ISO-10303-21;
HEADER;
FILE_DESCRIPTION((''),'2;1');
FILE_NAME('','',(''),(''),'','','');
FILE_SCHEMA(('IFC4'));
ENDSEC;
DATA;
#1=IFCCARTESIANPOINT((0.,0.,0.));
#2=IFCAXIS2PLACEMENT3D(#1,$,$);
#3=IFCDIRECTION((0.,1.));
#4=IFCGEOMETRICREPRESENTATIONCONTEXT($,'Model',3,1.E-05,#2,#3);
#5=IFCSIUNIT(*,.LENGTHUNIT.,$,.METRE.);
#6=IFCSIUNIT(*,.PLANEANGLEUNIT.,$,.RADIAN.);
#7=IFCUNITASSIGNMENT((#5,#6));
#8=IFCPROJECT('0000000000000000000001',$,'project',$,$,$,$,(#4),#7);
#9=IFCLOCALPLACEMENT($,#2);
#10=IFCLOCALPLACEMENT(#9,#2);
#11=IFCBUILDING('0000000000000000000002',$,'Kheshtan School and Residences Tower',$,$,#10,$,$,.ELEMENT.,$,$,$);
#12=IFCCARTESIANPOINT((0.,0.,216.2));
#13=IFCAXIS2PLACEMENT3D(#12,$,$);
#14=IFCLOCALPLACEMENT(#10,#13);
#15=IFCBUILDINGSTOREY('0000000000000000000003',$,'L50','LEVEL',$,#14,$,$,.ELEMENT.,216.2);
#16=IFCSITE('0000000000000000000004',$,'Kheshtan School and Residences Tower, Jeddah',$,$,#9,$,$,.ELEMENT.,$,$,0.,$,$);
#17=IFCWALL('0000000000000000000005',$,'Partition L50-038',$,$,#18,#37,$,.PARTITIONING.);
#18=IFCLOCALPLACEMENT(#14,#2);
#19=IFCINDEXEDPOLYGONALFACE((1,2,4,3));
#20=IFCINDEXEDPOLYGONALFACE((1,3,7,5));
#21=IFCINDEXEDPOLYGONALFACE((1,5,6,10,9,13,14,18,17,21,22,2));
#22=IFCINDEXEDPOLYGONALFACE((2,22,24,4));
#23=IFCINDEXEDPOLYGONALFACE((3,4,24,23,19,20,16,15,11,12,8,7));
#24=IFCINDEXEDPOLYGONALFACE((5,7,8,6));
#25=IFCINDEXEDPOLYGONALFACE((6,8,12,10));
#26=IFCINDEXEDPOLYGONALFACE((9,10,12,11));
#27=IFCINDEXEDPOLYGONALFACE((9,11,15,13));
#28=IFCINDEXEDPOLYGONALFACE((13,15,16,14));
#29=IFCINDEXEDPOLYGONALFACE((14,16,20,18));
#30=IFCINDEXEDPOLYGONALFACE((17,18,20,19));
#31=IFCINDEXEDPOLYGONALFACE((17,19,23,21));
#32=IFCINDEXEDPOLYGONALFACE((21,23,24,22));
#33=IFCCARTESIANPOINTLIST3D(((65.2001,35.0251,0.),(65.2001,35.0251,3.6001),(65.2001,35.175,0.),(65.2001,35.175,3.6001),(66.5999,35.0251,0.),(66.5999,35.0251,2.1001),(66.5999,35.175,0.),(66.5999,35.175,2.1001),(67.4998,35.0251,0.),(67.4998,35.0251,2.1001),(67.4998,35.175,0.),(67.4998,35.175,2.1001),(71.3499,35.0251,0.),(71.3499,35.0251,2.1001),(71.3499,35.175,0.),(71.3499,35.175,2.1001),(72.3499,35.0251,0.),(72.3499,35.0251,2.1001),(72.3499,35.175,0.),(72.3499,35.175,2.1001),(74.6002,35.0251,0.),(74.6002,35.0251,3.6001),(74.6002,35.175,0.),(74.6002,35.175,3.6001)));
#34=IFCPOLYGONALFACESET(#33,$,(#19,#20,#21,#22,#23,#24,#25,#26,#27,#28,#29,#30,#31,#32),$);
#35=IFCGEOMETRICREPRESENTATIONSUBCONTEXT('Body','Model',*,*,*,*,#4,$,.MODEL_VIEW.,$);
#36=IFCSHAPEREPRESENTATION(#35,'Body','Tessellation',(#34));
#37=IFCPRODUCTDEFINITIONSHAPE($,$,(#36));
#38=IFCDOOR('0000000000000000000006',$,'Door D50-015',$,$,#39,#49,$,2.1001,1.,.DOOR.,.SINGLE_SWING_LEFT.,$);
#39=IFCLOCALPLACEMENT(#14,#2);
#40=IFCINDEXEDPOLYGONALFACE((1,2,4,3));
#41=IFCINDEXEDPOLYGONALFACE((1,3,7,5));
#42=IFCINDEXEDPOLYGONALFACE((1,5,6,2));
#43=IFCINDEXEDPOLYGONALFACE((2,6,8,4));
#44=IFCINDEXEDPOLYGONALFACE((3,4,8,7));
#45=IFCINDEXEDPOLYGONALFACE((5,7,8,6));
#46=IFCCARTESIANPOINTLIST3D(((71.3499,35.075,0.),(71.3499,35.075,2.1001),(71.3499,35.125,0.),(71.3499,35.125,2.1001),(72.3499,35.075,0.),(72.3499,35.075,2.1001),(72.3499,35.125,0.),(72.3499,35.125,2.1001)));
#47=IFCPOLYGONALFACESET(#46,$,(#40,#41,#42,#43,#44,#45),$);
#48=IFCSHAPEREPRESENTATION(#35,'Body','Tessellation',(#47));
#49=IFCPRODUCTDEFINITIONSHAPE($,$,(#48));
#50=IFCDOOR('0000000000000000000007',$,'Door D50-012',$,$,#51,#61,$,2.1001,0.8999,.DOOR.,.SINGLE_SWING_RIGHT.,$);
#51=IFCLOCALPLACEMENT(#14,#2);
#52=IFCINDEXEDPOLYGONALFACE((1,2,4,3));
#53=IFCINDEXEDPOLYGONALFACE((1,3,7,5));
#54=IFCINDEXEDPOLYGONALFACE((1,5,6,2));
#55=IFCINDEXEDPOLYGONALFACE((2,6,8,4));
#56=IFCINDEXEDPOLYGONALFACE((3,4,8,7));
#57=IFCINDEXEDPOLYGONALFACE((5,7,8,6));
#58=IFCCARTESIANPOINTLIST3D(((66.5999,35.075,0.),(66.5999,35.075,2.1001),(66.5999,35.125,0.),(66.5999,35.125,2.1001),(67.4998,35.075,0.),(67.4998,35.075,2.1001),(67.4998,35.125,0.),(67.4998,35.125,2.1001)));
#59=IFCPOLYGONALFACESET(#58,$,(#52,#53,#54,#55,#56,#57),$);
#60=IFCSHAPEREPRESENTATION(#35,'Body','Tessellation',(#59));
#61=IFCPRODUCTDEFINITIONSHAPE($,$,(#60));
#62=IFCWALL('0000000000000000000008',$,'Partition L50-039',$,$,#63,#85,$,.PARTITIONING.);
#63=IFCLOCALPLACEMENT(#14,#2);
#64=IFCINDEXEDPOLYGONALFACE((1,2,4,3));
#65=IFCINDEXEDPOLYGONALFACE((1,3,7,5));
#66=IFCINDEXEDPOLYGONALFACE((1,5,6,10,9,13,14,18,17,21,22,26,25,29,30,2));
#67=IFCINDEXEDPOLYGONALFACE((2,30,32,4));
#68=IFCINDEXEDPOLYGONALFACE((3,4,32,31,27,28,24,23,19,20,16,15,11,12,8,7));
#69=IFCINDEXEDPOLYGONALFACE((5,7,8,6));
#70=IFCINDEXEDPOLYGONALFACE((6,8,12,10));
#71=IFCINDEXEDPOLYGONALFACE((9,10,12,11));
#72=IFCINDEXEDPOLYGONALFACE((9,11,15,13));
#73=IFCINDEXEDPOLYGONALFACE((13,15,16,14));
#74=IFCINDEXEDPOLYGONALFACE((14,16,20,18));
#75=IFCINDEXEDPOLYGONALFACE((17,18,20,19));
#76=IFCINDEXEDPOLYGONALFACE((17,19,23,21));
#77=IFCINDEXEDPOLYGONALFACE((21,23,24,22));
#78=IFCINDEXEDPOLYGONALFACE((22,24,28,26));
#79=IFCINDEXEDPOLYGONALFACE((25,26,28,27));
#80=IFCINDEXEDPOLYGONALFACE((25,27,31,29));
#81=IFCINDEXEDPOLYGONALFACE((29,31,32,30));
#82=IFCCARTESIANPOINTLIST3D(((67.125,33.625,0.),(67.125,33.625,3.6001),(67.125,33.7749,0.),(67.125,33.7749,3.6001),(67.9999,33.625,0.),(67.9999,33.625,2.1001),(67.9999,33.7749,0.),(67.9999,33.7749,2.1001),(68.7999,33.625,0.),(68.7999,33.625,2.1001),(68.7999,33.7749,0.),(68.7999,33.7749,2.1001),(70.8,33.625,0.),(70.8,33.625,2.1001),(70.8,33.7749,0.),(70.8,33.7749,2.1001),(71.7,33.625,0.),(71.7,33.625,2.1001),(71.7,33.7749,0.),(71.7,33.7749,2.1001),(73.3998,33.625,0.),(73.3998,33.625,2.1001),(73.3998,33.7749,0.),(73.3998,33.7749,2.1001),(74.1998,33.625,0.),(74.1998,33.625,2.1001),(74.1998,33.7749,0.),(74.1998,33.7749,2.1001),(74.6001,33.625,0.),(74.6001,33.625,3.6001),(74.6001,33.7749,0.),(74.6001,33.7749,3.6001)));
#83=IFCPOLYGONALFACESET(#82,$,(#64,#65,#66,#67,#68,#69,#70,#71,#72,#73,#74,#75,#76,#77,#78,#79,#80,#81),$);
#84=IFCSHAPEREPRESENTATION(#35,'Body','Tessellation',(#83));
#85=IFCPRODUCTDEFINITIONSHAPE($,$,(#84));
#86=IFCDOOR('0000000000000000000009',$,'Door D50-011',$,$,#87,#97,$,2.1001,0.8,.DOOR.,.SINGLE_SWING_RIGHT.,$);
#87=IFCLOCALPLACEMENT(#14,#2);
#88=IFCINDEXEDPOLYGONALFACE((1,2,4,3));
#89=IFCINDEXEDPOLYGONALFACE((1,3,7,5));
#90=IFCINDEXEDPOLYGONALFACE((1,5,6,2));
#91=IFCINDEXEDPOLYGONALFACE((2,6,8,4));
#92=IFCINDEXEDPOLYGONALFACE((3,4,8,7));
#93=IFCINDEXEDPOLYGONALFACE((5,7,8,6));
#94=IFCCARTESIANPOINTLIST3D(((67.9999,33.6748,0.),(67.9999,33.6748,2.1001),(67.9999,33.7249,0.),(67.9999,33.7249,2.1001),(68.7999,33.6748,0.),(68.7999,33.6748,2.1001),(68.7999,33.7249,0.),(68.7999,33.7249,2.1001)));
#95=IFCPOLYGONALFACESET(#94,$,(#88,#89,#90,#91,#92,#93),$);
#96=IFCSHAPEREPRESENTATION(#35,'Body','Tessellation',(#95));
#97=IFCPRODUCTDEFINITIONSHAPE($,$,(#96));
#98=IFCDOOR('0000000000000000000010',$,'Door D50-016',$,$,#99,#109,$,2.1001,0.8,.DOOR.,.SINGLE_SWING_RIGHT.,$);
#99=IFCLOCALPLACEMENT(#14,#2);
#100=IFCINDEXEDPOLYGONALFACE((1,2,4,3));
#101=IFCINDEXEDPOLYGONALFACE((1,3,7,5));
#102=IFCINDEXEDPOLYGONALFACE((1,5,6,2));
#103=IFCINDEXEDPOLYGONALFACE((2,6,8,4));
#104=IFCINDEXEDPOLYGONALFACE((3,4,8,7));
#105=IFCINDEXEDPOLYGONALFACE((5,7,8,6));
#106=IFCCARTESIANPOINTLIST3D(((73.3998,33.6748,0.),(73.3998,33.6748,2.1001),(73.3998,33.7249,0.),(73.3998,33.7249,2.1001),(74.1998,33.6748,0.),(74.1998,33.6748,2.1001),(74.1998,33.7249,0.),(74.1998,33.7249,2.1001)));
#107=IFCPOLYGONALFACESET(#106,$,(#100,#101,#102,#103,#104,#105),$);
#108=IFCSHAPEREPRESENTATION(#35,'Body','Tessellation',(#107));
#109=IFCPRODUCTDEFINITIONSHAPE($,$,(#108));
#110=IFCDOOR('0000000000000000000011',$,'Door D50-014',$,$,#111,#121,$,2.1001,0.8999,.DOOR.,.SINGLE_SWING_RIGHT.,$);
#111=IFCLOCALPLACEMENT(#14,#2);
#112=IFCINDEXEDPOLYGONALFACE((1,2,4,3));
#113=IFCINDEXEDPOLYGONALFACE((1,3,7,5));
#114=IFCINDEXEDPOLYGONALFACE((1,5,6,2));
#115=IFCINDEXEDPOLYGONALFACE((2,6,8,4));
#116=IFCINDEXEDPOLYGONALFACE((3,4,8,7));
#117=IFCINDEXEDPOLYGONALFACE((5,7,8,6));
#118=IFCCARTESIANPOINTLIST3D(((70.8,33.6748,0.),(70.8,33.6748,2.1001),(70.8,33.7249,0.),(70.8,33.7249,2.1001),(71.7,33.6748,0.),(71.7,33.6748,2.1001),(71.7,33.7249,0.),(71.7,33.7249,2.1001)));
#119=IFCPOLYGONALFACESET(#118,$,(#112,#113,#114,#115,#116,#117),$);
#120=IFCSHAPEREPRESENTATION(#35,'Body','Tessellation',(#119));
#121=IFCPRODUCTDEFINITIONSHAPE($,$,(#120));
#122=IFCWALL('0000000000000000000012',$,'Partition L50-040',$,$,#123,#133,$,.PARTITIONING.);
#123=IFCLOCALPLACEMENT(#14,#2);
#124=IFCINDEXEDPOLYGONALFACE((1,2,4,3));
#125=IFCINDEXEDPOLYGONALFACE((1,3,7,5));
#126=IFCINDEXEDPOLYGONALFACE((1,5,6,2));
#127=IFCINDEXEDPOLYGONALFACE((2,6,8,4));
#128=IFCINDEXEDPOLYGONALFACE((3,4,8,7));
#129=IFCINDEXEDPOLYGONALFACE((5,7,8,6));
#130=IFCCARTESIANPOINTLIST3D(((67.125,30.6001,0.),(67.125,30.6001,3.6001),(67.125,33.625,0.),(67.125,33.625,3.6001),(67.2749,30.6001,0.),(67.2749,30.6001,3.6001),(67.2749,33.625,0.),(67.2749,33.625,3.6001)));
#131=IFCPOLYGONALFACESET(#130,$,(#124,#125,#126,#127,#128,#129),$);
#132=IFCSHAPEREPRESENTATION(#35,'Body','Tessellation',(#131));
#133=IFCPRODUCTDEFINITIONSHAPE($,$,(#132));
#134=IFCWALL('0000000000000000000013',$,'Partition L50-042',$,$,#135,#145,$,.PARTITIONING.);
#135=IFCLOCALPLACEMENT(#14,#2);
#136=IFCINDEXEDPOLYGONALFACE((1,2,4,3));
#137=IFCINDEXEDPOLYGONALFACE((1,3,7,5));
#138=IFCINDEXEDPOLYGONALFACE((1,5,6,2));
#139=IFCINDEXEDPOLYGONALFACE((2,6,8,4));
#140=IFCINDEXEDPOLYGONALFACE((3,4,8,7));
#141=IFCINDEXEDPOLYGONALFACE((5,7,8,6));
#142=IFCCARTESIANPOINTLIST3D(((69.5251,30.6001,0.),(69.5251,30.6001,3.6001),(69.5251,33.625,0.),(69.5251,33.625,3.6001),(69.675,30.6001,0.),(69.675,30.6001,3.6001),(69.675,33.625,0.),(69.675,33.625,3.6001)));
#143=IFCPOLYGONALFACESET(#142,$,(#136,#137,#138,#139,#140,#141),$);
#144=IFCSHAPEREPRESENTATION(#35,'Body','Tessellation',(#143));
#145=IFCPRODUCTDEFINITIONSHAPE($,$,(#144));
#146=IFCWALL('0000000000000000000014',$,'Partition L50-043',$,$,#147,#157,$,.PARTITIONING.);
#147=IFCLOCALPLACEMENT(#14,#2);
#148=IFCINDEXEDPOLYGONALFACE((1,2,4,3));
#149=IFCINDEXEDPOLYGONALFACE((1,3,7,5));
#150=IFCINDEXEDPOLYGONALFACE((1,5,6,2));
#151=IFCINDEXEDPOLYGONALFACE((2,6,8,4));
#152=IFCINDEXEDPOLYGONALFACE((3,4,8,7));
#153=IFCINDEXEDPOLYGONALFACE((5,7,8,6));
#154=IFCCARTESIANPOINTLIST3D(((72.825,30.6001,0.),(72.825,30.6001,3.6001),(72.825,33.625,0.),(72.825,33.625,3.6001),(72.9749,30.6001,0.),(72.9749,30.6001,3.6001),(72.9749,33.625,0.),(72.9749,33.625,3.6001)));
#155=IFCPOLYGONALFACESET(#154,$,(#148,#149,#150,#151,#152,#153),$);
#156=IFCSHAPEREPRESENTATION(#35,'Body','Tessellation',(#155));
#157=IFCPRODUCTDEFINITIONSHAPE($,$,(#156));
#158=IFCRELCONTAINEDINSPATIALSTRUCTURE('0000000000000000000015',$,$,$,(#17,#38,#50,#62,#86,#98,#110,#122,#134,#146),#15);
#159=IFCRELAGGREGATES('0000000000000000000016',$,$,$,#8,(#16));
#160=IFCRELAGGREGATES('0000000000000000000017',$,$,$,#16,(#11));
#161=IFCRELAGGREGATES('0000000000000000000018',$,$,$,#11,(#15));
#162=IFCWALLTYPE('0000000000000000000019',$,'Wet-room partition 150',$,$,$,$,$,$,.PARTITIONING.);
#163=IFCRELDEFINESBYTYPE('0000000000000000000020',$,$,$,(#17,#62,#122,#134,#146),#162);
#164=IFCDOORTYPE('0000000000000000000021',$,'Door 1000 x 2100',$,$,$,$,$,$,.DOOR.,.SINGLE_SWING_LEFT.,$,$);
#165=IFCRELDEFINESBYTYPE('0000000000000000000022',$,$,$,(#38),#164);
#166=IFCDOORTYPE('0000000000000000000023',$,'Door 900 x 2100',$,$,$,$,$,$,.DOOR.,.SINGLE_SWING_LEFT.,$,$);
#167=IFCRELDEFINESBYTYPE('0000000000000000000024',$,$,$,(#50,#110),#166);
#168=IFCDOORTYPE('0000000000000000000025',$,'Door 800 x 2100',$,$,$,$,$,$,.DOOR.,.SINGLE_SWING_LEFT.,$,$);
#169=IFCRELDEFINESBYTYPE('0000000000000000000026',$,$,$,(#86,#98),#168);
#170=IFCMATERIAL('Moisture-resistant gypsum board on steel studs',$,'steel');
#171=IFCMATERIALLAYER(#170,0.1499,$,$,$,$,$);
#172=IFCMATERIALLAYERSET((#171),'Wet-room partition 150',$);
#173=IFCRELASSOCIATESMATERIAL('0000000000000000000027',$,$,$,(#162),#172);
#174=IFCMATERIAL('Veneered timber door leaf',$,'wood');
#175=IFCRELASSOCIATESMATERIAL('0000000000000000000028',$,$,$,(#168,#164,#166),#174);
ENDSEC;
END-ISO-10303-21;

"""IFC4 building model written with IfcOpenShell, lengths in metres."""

from ifc_helpers import new_model, si_unit, direction, frame, frame_2d, origin, place, context, subcontext, project, spatial, rectangle, extrude, source, transform, mapped, material, layer, layer_set, type_object, element, fill, save


model = new_model("IFC4")

# Units and contexts
model_context = context("Model", 3, precision=1e-05, world=origin(), true_north=direction((0.0, 1.0)))
body_context = subcontext(model_context, "Body", "Model", "MODEL_VIEW")
ifc_project = project(units=[si_unit("LENGTHUNIT", "METRE"), si_unit("PLANEANGLEUNIT", "RADIAN")], contexts=[model_context])

# Site, building, storey
site_placement = place(None, origin())
site = spatial("IfcSite", under=ifc_project, at=site_placement, Name="Kheshtan School and Residences Tower, Jeddah", CompositionType="ELEMENT", RefElevation=0.0)
building_placement = place(site_placement, origin())
building = spatial("IfcBuilding", under=site, at=building_placement, Name="Kheshtan School and Residences Tower", CompositionType="ELEMENT")
storey_placement = place(building_placement, frame((0.0, 0.0, 216.2)))
storey = spatial("IfcBuildingStorey", under=building, at=storey_placement, Name="L50", Description="LEVEL", CompositionType="ELEMENT", Elevation=216.2)

# Shared definitions
ifc_material_1 = material(Name="Moisture-resistant gypsum board on steel studs", Category="steel")
ifc_layer_1 = layer(ifc_material_1, 0.1499)
ifc_layer_set_1 = layer_set([ifc_layer_1], Name="Wet-room partition 150")
wall_type_1 = type_object("IfcWallType", Name="Wet-room partition 150", PredefinedType="PARTITIONING", material=ifc_layer_set_1)

# Shared definitions
ifc_material_2 = material(Name="Veneered timber door leaf", Category="wood")
door_type_1 = type_object("IfcDoorType", Name="Door 800 x 2100", OperationType="SINGLE_SWING_LEFT", PredefinedType="DOOR", material=ifc_material_2)
shared_shape_1 = source(origin(), body_context, "Body", "SweptSolid", [
    extrude(rectangle(XDim=0.8, YDim=2.1001, at=frame_2d((0.3999, 1.05))), frame((0.0, 0.0249, 0.0), z_axis=(0.0, -1.0, 0.0), x_axis=(1.0, 0.0, 0.0)), (0.0, 0.0, 1.0), 0.05),
])

# Walls, openings, doors
wall_1_placement = place(storey_placement, frame((65.2, 35.1001, 0.0), z_axis=(0.0, 0.0, 1.0), x_axis=(1.0, 0.0, 0.0)))
wall_1 = element("IfcWall", 1, at=wall_1_placement, inside=storey, type_object=wall_type_1, Name="Partition L50-038", PredefinedType="PARTITIONING", context=body_context, shape_type="SweptSolid", body=[
    extrude(rectangle(XDim=9.4001, YDim=0.1499, at=frame_2d((4.7002, 0.0))), origin(), (0.0, 0.0, 1.0), 3.6001),
])
opening_1_placement = place(wall_1_placement, frame((1.3999, 0.0, 0.0)))
opening_1 = element("IfcOpeningElement", 2, at=opening_1_placement, cuts=wall_1, PredefinedType="OPENING", context=body_context, shape_type="SweptSolid", body=[
    extrude(rectangle(XDim=0.8999, YDim=2.1001, at=frame_2d((0.45, 1.05))), frame((0.0, 0.085, 0.0), z_axis=(0.0, -1.0, 0.0), x_axis=(1.0, 0.0, 0.0)), (0.0, 0.0, 1.0), 0.1699),
])
opening_2_placement = place(wall_1_placement, frame((6.1499, 0.0, 0.0)))
opening_2 = element("IfcOpeningElement", 3, at=opening_2_placement, cuts=wall_1, PredefinedType="OPENING", context=body_context, shape_type="SweptSolid", body=[
    extrude(rectangle(XDim=1.0, YDim=2.1001, at=frame_2d((0.5, 1.05))), frame((0.0, 0.085, 0.0), z_axis=(0.0, -1.0, 0.0), x_axis=(1.0, 0.0, 0.0)), (0.0, 0.0, 1.0), 0.1699),
])
door_type_2 = type_object("IfcDoorType", Name="Door 1000 x 2100", OperationType="SINGLE_SWING_LEFT", PredefinedType="DOOR", material=ifc_material_2)
shared_shape_2 = source(origin(), body_context, "Body", "SweptSolid", [
    extrude(rectangle(XDim=1.0, YDim=2.1001, at=frame_2d((0.5, 1.05))), frame((0.0, 0.0249, 0.0), z_axis=(0.0, -1.0, 0.0), x_axis=(1.0, 0.0, 0.0)), (0.0, 0.0, 1.0), 0.05),
])
door_1_placement = place(opening_2_placement, origin())
door_1 = element("IfcDoor", 4, at=door_1_placement, inside=storey, type_object=door_type_2, Name="Door D50-015", OperationType="SINGLE_SWING_LEFT", OverallHeight=2.1001, OverallWidth=1.0, PredefinedType="DOOR", context=body_context, shape_type="MappedRepresentation", body=[
    mapped(shared_shape_2, transform((0.0, 0.0, 0.0), x_axis=(1.0, 0.0, 0.0), y_axis=(0.0, 1.0, 0.0), z_axis=(0.0, 0.0, 1.0), scale=1.0)),
])
fill(opening_2, door_1)
door_type_3 = type_object("IfcDoorType", Name="Door 900 x 2100", OperationType="SINGLE_SWING_LEFT", PredefinedType="DOOR", material=ifc_material_2)
shared_shape_3 = source(origin(), body_context, "Body", "SweptSolid", [
    extrude(rectangle(XDim=0.8999, YDim=2.1001, at=frame_2d((0.45, 1.05))), frame((0.0, 0.0249, 0.0), z_axis=(0.0, -1.0, 0.0), x_axis=(1.0, 0.0, 0.0)), (0.0, 0.0, 1.0), 0.05),
])
door_2_placement = place(opening_1_placement, origin())
door_2 = element("IfcDoor", 5, at=door_2_placement, inside=storey, type_object=door_type_3, Name="Door D50-012", OperationType="SINGLE_SWING_RIGHT", OverallHeight=2.1001, OverallWidth=0.8999, PredefinedType="DOOR", context=body_context, shape_type="MappedRepresentation", body=[
    mapped(shared_shape_3, transform((0.0, 0.0, 0.0), x_axis=(1.0, 0.0, 0.0), y_axis=(0.0, 1.0, 0.0), z_axis=(0.0, 0.0, 1.0), scale=1.0)),
])
fill(opening_1, door_2)
wall_2_placement = place(storey_placement, frame((67.125, 33.7, 0.0), z_axis=(0.0, 0.0, 1.0), x_axis=(1.0, 0.0, 0.0)))
wall_2 = element("IfcWall", 6, at=wall_2_placement, inside=storey, type_object=wall_type_1, Name="Partition L50-039", PredefinedType="PARTITIONING", context=body_context, shape_type="SweptSolid", body=[
    extrude(rectangle(XDim=7.4751, YDim=0.1499, at=frame_2d((3.7375, 0.0))), origin(), (0.0, 0.0, 1.0), 3.6001),
])
opening_3_placement = place(wall_2_placement, frame((0.875, 0.0, 0.0)))
opening_3 = element("IfcOpeningElement", 7, at=opening_3_placement, cuts=wall_2, PredefinedType="OPENING", context=body_context, shape_type="SweptSolid", body=[
    extrude(rectangle(XDim=0.8, YDim=2.1001, at=frame_2d((0.3999, 1.05))), frame((0.0, 0.085, 0.0), z_axis=(0.0, -1.0, 0.0), x_axis=(1.0, 0.0, 0.0)), (0.0, 0.0, 1.0), 0.1699),
])
opening_4_placement = place(wall_2_placement, frame((3.675, 0.0, 0.0)))
opening_4 = element("IfcOpeningElement", 8, at=opening_4_placement, cuts=wall_2, PredefinedType="OPENING", context=body_context, shape_type="SweptSolid", body=[
    extrude(rectangle(XDim=0.8999, YDim=2.1001, at=frame_2d((0.45, 1.05))), frame((0.0, 0.085, 0.0), z_axis=(0.0, -1.0, 0.0), x_axis=(1.0, 0.0, 0.0)), (0.0, 0.0, 1.0), 0.1699),
])
opening_5_placement = place(wall_2_placement, frame((6.2749, 0.0, 0.0)))
opening_5 = element("IfcOpeningElement", 9, at=opening_5_placement, cuts=wall_2, PredefinedType="OPENING", context=body_context, shape_type="SweptSolid", body=[
    extrude(rectangle(XDim=0.8, YDim=2.1001, at=frame_2d((0.3999, 1.05))), frame((0.0, 0.085, 0.0), z_axis=(0.0, -1.0, 0.0), x_axis=(1.0, 0.0, 0.0)), (0.0, 0.0, 1.0), 0.1699),
])
door_3_placement = place(opening_3_placement, origin())
door_3 = element("IfcDoor", 10, at=door_3_placement, inside=storey, type_object=door_type_1, Name="Door D50-011", OperationType="SINGLE_SWING_RIGHT", OverallHeight=2.1001, OverallWidth=0.8, PredefinedType="DOOR", context=body_context, shape_type="MappedRepresentation", body=[
    mapped(shared_shape_1, transform((0.0, 0.0, 0.0), x_axis=(1.0, 0.0, 0.0), y_axis=(0.0, 1.0, 0.0), z_axis=(0.0, 0.0, 1.0), scale=1.0)),
])
fill(opening_3, door_3)
door_4_placement = place(opening_5_placement, origin())
door_4 = element("IfcDoor", 11, at=door_4_placement, inside=storey, type_object=door_type_1, Name="Door D50-016", OperationType="SINGLE_SWING_RIGHT", OverallHeight=2.1001, OverallWidth=0.8, PredefinedType="DOOR", context=body_context, shape_type="MappedRepresentation", body=[
    mapped(shared_shape_1, transform((0.0, 0.0, 0.0), x_axis=(1.0, 0.0, 0.0), y_axis=(0.0, 1.0, 0.0), z_axis=(0.0, 0.0, 1.0), scale=1.0)),
])
fill(opening_5, door_4)
door_5_placement = place(opening_4_placement, origin())
door_5 = element("IfcDoor", 12, at=door_5_placement, inside=storey, type_object=door_type_3, Name="Door D50-014", OperationType="SINGLE_SWING_RIGHT", OverallHeight=2.1001, OverallWidth=0.8999, PredefinedType="DOOR", context=body_context, shape_type="MappedRepresentation", body=[
    mapped(shared_shape_3, transform((0.0, 0.0, 0.0), x_axis=(1.0, 0.0, 0.0), y_axis=(0.0, 1.0, 0.0), z_axis=(0.0, 0.0, 1.0), scale=1.0)),
])
fill(opening_4, door_5)

# Walls
for number, where, z_axis, x_axis, name in (
    (13, (67.2, 30.6001, 0.0), (0.0, 0.0, 1.0), (0.0, 1.0, 0.0), "Partition L50-040"),
    (14, (69.6001, 30.6001, 0.0), (0.0, 0.0, 1.0), (0.0, 1.0, 0.0), "Partition L50-042"),
    (15, (72.8999, 30.6001, 0.0), (0.0, 0.0, 1.0), (0.0, 1.0, 0.0), "Partition L50-043"),
):
    element("IfcWall", number, at=place(storey_placement, frame(where, z_axis=z_axis, x_axis=x_axis)), inside=storey, type_object=wall_type_1, Name=name, PredefinedType="PARTITIONING", context=body_context, shape_type="SweptSolid", body=[
        extrude(rectangle(XDim=3.0249, YDim=0.1499, at=frame_2d((1.5125, 0.0))), origin(), (0.0, 0.0, 1.0), 3.6001),
    ])

save(model, "model.ifc")
